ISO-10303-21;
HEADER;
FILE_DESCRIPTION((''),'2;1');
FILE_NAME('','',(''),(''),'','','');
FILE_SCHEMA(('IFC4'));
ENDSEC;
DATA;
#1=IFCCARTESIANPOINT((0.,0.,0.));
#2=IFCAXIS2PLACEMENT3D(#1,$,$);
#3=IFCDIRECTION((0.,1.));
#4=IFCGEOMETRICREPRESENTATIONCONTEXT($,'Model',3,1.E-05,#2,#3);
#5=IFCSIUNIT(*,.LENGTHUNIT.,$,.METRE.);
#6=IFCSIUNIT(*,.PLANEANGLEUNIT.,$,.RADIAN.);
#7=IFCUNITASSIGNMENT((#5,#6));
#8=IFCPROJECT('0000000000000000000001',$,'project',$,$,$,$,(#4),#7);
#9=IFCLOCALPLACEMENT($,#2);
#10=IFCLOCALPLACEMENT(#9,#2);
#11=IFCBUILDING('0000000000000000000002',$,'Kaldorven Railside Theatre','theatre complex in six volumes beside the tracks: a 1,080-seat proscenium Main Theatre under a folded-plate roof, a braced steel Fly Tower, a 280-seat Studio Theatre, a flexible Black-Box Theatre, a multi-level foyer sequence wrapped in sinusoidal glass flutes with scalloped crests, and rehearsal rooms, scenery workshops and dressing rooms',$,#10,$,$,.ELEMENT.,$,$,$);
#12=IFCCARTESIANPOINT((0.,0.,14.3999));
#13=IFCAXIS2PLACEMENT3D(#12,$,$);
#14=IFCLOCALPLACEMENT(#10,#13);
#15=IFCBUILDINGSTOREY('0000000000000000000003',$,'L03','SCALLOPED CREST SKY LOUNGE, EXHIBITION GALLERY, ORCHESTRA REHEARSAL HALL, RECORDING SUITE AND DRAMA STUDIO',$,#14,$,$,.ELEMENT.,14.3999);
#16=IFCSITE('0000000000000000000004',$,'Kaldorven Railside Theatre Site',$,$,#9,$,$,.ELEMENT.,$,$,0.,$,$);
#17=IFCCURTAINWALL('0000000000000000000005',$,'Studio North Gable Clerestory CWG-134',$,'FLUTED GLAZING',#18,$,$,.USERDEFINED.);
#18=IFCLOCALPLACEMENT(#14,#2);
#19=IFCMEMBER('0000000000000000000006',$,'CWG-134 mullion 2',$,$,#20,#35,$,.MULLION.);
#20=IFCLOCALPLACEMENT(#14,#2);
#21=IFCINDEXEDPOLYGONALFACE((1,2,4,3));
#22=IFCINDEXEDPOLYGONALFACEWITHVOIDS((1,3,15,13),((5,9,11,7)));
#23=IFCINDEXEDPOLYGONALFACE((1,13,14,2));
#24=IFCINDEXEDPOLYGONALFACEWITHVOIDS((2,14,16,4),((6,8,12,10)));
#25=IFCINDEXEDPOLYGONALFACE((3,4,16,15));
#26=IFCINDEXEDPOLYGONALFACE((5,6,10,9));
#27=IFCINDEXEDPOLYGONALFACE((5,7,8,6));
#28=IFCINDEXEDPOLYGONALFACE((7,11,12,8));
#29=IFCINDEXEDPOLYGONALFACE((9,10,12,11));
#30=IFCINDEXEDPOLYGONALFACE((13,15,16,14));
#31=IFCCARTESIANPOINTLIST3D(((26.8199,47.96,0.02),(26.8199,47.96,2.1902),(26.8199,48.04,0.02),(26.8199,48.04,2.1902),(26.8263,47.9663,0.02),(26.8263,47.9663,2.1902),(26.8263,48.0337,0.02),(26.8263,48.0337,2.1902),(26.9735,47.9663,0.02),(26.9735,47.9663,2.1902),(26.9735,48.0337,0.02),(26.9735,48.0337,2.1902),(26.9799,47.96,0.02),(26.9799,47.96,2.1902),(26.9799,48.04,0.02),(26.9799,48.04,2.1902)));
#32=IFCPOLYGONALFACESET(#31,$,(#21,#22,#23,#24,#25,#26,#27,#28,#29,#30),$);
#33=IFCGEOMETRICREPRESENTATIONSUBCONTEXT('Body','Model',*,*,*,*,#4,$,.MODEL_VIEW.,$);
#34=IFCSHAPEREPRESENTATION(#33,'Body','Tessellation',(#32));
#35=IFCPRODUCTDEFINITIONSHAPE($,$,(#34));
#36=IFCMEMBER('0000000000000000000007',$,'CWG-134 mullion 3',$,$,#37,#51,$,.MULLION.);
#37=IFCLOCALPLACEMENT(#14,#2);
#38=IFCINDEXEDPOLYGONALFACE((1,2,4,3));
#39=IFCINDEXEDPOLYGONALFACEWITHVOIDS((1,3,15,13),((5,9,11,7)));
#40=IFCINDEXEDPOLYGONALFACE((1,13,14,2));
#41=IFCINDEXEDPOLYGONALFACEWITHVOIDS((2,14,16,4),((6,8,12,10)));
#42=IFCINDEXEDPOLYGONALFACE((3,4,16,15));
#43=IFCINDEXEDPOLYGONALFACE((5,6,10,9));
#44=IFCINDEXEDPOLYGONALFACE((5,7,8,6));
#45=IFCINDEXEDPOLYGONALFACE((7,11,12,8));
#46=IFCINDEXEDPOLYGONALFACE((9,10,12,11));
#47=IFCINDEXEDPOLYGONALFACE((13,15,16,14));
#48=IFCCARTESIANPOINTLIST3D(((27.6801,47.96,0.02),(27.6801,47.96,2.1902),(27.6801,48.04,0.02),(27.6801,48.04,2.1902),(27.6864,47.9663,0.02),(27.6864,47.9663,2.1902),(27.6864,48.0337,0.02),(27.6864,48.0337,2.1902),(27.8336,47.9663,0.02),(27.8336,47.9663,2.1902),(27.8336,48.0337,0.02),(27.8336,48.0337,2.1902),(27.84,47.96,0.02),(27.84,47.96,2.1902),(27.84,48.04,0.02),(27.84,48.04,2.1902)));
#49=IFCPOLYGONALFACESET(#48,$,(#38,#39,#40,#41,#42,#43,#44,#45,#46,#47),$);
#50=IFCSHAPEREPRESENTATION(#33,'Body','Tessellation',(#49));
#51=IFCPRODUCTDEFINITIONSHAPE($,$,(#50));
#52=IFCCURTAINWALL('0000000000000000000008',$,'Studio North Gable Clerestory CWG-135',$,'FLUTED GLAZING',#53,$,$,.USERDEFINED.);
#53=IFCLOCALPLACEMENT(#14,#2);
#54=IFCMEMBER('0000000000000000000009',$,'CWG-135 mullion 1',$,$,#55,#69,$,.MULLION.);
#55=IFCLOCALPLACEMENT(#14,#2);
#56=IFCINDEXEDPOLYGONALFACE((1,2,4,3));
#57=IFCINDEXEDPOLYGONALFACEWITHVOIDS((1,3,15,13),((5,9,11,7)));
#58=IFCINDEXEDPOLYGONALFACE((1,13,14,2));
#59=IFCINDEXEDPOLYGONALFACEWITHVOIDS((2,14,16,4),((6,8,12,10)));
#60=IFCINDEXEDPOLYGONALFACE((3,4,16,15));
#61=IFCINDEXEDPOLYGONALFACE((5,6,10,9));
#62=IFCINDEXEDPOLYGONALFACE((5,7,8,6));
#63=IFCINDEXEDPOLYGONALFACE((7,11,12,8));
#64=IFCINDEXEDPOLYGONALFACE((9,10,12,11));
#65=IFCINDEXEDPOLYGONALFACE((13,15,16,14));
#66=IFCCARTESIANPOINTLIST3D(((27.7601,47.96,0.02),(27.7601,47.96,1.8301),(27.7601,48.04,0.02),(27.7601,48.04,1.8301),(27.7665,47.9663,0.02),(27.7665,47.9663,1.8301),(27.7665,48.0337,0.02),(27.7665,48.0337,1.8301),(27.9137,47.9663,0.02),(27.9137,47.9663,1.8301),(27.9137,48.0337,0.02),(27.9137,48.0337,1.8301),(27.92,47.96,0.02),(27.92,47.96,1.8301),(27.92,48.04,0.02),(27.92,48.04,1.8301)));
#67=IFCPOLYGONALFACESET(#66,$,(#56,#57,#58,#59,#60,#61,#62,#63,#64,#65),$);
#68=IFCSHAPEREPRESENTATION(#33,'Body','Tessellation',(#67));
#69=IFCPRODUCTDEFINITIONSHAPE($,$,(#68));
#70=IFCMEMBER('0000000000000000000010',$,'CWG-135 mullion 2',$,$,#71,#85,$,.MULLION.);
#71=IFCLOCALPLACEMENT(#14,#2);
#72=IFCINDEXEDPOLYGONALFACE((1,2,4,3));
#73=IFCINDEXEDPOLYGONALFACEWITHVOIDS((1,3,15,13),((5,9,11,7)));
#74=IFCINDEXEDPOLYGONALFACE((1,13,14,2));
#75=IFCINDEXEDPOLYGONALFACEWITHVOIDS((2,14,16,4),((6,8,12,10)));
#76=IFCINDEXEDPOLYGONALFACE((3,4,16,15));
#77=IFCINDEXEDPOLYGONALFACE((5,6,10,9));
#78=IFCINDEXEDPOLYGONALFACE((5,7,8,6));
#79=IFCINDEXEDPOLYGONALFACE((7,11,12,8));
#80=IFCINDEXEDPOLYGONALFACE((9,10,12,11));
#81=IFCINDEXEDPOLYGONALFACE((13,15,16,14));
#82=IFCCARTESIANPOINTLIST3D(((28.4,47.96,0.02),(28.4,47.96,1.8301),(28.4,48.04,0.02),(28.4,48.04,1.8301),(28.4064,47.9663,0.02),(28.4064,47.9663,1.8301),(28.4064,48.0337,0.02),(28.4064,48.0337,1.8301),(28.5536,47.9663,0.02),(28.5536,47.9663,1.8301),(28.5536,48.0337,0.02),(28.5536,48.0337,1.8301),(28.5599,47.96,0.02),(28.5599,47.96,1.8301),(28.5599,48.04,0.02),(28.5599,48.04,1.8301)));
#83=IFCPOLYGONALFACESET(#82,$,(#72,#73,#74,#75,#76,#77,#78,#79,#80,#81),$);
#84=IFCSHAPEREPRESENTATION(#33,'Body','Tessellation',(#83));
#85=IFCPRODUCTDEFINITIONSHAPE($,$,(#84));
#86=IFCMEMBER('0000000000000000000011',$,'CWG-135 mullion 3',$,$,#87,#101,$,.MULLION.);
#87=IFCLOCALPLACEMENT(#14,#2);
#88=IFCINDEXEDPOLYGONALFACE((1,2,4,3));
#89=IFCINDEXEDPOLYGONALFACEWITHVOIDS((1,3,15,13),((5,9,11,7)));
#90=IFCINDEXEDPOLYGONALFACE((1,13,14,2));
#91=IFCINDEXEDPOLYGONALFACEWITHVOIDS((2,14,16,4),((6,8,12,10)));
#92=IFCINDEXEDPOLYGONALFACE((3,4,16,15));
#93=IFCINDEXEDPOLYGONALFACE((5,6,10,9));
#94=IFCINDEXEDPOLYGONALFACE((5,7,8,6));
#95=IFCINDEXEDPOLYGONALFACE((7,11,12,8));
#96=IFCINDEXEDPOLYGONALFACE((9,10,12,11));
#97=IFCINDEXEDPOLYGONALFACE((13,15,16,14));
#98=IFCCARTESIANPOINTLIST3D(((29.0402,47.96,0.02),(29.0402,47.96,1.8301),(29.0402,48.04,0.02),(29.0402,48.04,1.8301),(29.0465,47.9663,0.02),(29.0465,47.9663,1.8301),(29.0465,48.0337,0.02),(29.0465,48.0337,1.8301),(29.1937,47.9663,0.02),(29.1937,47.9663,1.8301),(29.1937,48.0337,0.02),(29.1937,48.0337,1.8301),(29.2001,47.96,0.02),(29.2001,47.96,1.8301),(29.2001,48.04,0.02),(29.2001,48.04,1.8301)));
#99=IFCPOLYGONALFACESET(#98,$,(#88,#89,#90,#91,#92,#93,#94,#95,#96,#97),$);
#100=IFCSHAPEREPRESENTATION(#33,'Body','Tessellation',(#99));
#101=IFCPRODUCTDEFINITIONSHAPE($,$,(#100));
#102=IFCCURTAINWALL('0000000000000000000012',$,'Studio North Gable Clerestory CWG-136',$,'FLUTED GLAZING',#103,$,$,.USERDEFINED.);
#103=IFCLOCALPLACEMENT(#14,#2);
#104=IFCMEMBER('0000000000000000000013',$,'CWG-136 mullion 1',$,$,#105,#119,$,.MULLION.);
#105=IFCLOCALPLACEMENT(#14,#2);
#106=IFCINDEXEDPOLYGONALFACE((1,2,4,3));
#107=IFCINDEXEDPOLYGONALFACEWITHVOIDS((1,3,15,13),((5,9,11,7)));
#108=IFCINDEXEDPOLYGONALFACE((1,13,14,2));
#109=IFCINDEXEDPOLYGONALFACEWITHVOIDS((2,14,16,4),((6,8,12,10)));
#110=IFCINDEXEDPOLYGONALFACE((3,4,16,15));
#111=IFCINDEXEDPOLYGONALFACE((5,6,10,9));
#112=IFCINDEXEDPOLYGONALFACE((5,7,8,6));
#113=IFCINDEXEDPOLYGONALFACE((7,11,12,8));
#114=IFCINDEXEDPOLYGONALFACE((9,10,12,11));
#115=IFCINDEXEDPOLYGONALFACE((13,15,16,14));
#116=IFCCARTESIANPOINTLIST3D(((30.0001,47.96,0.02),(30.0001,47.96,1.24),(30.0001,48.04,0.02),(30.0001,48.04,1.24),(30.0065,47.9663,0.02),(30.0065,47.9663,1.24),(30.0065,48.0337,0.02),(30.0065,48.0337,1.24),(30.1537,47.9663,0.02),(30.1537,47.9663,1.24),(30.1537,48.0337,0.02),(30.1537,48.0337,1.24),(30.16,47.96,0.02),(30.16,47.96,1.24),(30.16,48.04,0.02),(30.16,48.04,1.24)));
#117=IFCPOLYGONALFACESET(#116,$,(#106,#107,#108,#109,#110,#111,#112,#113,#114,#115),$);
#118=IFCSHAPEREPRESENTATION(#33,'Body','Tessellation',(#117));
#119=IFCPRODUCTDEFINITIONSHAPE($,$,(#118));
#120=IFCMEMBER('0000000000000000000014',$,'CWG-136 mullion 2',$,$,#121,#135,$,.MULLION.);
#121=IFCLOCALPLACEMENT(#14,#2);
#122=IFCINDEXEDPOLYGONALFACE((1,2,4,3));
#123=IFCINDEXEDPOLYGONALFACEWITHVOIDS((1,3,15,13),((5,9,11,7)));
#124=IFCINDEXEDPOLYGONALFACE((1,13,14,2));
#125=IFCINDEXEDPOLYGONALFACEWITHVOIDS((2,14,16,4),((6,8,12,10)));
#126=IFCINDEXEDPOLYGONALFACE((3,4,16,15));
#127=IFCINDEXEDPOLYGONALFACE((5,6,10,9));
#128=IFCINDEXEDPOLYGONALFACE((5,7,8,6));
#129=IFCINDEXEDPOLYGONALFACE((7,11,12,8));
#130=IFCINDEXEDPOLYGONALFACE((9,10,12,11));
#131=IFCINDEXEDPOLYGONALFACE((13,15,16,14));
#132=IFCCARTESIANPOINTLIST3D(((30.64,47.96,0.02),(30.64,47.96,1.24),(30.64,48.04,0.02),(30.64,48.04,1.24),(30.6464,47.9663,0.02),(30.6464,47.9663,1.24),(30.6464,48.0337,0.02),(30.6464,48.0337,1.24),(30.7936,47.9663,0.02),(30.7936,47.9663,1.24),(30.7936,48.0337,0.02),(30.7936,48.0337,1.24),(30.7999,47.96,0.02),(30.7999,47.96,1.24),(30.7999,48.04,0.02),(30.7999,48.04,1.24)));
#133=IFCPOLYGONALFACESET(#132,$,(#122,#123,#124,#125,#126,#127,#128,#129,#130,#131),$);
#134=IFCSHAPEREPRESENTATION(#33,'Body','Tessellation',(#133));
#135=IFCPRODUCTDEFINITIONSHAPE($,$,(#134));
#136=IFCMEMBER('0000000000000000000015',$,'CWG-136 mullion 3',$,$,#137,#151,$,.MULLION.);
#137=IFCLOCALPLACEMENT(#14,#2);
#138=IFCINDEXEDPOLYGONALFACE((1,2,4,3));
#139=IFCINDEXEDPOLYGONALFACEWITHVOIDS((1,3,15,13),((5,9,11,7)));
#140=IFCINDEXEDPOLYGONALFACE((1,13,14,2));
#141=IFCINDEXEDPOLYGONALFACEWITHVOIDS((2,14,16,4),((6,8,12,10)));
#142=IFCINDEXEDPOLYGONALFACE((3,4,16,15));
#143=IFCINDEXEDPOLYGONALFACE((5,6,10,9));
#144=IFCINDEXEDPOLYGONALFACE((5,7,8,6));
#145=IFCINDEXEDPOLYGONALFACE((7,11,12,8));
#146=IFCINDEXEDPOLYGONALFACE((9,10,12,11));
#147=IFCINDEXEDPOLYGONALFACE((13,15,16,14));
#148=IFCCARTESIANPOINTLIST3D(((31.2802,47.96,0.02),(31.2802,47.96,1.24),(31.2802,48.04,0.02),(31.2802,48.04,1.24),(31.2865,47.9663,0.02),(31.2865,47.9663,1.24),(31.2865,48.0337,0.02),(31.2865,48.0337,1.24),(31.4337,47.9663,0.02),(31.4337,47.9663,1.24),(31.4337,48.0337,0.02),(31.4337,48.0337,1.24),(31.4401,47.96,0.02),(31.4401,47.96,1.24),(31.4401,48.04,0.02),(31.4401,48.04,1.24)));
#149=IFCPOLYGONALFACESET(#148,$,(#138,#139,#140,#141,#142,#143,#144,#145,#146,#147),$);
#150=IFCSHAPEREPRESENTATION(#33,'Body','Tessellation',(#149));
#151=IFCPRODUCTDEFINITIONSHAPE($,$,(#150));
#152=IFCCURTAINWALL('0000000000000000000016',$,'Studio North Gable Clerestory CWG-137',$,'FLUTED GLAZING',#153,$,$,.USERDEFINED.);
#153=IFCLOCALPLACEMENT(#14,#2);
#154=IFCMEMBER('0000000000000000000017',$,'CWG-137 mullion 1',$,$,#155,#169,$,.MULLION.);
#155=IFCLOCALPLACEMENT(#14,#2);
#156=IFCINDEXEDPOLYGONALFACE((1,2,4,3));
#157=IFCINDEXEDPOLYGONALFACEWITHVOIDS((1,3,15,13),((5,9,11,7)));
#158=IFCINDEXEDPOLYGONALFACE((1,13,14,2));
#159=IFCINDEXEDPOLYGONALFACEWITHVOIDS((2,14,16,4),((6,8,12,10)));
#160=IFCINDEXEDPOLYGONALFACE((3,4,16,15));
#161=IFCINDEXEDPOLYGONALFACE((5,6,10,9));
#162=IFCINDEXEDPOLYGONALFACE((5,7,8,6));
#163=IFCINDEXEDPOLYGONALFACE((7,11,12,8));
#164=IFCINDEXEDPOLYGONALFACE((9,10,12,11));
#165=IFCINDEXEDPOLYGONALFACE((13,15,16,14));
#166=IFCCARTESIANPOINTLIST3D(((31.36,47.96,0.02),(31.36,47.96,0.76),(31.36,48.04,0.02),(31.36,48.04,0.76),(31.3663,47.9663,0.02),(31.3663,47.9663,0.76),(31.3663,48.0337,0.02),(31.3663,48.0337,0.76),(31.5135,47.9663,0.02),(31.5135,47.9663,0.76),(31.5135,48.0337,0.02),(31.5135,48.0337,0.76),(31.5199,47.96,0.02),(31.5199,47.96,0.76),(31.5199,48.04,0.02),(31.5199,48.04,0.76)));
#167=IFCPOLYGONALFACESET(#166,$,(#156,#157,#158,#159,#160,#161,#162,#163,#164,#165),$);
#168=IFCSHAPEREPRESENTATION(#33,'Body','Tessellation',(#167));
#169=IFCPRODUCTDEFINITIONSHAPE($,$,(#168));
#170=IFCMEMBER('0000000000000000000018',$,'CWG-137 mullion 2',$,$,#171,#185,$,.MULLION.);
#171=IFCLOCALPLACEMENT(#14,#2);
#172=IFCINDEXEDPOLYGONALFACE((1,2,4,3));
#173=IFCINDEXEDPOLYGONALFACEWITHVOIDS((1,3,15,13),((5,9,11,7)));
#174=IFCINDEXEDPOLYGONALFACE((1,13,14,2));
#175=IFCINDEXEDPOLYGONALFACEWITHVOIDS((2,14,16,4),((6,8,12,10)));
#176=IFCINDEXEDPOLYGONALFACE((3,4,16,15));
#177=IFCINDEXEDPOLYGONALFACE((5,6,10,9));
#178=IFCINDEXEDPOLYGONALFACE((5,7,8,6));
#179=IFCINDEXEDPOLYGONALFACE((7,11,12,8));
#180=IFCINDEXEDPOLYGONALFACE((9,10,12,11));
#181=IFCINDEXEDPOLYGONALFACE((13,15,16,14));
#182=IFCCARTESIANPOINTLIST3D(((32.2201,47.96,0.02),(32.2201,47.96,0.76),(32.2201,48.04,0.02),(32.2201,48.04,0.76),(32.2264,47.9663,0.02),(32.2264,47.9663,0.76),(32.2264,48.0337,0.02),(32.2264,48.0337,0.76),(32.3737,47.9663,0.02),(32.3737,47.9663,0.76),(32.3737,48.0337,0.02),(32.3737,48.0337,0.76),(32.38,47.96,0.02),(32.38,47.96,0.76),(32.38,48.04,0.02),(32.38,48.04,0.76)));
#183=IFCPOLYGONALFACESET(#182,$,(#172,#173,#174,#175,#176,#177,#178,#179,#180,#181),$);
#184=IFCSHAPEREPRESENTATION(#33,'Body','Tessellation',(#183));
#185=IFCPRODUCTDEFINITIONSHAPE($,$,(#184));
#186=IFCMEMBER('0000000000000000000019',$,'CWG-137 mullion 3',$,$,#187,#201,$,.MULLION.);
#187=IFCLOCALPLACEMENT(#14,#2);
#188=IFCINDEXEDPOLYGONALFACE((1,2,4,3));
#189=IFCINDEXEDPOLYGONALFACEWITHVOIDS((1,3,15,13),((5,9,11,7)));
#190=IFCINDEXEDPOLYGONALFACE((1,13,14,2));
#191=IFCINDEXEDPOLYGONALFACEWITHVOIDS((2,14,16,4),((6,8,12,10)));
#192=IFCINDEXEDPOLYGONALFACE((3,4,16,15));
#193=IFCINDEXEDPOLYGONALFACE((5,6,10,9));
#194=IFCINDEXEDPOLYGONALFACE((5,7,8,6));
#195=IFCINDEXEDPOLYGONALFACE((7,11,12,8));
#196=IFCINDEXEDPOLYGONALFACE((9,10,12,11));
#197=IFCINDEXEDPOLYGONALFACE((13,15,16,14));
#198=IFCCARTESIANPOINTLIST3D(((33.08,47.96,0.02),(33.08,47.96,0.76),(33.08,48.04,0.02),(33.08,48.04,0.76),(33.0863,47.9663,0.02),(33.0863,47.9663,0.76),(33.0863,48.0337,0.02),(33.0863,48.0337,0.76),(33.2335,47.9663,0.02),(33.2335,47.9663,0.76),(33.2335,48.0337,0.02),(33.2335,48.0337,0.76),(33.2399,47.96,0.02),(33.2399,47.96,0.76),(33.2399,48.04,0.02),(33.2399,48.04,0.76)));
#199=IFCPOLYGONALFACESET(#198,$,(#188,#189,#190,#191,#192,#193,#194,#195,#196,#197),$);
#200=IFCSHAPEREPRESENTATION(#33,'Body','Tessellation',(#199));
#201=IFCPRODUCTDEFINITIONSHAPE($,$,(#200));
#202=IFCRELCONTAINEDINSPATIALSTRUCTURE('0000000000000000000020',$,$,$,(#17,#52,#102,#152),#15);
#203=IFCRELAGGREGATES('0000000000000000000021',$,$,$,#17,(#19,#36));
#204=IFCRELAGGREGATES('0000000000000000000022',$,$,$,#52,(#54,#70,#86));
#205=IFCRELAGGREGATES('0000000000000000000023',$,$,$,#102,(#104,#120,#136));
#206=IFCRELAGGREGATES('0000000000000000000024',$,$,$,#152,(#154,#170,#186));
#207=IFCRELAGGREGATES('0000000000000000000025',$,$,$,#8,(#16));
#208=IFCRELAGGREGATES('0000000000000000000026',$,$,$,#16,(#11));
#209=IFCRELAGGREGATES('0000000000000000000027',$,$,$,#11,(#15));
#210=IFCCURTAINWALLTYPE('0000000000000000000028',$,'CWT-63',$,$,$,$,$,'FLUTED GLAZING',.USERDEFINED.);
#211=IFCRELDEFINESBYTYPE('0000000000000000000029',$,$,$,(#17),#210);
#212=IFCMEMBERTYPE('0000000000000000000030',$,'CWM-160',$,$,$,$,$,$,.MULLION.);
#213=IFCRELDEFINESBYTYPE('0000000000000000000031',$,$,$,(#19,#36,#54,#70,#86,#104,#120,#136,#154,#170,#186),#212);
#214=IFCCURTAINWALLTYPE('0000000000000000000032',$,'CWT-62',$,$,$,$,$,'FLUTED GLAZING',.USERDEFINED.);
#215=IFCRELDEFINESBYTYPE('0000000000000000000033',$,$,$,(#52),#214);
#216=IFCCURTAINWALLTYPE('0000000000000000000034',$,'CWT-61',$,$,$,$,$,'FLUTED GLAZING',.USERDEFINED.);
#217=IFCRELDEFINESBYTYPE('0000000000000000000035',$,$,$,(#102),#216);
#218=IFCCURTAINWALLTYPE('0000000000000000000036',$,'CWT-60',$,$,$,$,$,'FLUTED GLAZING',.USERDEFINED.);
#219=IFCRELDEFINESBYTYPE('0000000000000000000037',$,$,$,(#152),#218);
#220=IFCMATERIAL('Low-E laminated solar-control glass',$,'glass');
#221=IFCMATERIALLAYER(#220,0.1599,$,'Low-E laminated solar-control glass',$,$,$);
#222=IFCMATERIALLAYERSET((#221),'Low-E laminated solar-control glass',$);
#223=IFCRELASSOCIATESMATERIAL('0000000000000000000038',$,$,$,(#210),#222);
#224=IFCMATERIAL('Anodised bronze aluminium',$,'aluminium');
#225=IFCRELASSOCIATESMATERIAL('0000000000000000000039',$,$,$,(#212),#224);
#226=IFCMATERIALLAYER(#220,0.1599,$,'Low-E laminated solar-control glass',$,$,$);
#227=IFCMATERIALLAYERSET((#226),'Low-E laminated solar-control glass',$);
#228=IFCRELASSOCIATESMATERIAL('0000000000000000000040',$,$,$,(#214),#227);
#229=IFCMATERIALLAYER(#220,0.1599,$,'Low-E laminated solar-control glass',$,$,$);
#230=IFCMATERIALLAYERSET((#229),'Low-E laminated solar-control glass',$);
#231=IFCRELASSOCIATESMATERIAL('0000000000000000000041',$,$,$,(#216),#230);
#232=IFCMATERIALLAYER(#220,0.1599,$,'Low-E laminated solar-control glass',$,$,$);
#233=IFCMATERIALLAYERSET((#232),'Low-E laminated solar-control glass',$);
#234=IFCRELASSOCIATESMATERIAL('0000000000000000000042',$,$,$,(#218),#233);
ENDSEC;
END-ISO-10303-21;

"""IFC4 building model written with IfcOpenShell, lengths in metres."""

from ifc_helpers import new_model, si_unit, direction, frame, origin, origin_2d, place, context, subcontext, project, spatial, hollow_rectangle, extrude, material, layer, layer_set, material_profile, profile_set, type_object, element, aggregate, save


model = new_model("IFC4")

# Units and contexts
model_context = context("Model", 3, precision=1e-05, world=origin(), true_north=direction((0.0, 1.0)))
body_context = subcontext(model_context, "Body", "Model", "MODEL_VIEW")
ifc_project = project(units=[si_unit("LENGTHUNIT", "METRE"), si_unit("PLANEANGLEUNIT", "RADIAN")], contexts=[model_context])

# Site, building, storey
site_placement = place(None, origin())
site = spatial("IfcSite", under=ifc_project, at=site_placement, Name="Kaldorven Railside Theatre Site", CompositionType="ELEMENT", RefElevation=0.0)
building_placement = place(site_placement, origin())
building = spatial("IfcBuilding", under=site, at=building_placement, Name="Kaldorven Railside Theatre", Description="theatre complex in six volumes beside the tracks: a 1,080-seat proscenium Main Theatre under a folded-plate roof, a braced steel Fly Tower, a 280-seat Studio Theatre, a flexible Black-Box Theatre, a multi-level foyer sequence wrapped in sinusoidal glass flutes with scalloped crests, and rehearsal rooms, scenery workshops and dressing rooms", CompositionType="ELEMENT")
storey_placement = place(building_placement, frame((0.0, 0.0, 14.3999)))
storey = spatial("IfcBuildingStorey", under=building, at=storey_placement, Name="L03", Description="SCALLOPED CREST SKY LOUNGE, EXHIBITION GALLERY, ORCHESTRA REHEARSAL HALL, RECORDING SUITE AND DRAMA STUDIO", CompositionType="ELEMENT", Elevation=14.3999)

# Curtain walls, members
ifc_material_1 = material(Name="Low-E laminated solar-control glass", Category="glass")
ifc_layer_1 = layer(ifc_material_1, 0.1599, Name="Low-E laminated solar-control glass")
ifc_layer_set_1 = layer_set([ifc_layer_1], Name="Low-E laminated solar-control glass")
curtain_wall_type_1 = type_object("IfcCurtainWallType", Name="CWT-63", ElementType="FLUTED GLAZING", PredefinedType="USERDEFINED", material=ifc_layer_set_1)
curtain_wall_1_placement = place(storey_placement, origin())
curtain_wall_1 = element("IfcCurtainWall", 1, at=curtain_wall_1_placement, inside=storey, type_object=curtain_wall_type_1, Name="Studio North Gable Clerestory CWG-134", ObjectType="FLUTED GLAZING", PredefinedType="USERDEFINED")
ifc_material_2 = material(Name="Anodised bronze aluminium", Category="aluminium")
ifc_material_profile_1 = material_profile(ifc_material_2, hollow_rectangle(XDim=0.0801, YDim=0.1599, WallThickness=0.0063, at=origin_2d()), Name="RHS 160x80x6.3")
ifc_profile_set_1 = profile_set([ifc_material_profile_1], Name="Anodised bronze aluminium")
member_type_1 = type_object("IfcMemberType", Name="CWM-160", PredefinedType="MULLION", material=ifc_profile_set_1)
member_1_placement = place(storey_placement, frame((26.8999, 48.0, 0.02), z_axis=(0.0, 0.0, 1.0), x_axis=(0.0, 1.0, 0.0)))
member_1 = element("IfcMember", 2, at=member_1_placement, type_object=member_type_1, Name="CWG-134 mullion 2", PredefinedType="MULLION", context=body_context, shape_type="SweptSolid", body=[
    extrude(hollow_rectangle(XDim=0.0801, YDim=0.1599, WallThickness=0.0063, at=origin_2d()), origin(), (0.0, 0.0, 1.0), 2.1702),
])
member_2_placement = place(storey_placement, frame((27.76, 48.0, 0.02), z_axis=(0.0, 0.0, 1.0), x_axis=(0.0, 1.0, 0.0)))
member_2 = element("IfcMember", 3, at=member_2_placement, type_object=member_type_1, Name="CWG-134 mullion 3", PredefinedType="MULLION", context=body_context, shape_type="SweptSolid", body=[
    extrude(hollow_rectangle(XDim=0.0801, YDim=0.1599, WallThickness=0.0063, at=origin_2d()), origin(), (0.0, 0.0, 1.0), 2.1702),
])
ifc_layer_2 = layer(ifc_material_1, 0.1599, Name="Low-E laminated solar-control glass")
ifc_layer_set_2 = layer_set([ifc_layer_2], Name="Low-E laminated solar-control glass")
curtain_wall_type_2 = type_object("IfcCurtainWallType", Name="CWT-62", ElementType="FLUTED GLAZING", PredefinedType="USERDEFINED", material=ifc_layer_set_2)
curtain_wall_2_placement = place(storey_placement, origin())
curtain_wall_2 = element("IfcCurtainWall", 4, at=curtain_wall_2_placement, inside=storey, type_object=curtain_wall_type_2, Name="Studio North Gable Clerestory CWG-135", ObjectType="FLUTED GLAZING", PredefinedType="USERDEFINED")
member_3_placement = place(storey_placement, frame((27.8401, 48.0, 0.02), z_axis=(0.0, 0.0, 1.0), x_axis=(0.0, 1.0, 0.0)))
member_3 = element("IfcMember", 5, at=member_3_placement, type_object=member_type_1, Name="CWG-135 mullion 1", PredefinedType="MULLION", context=body_context, shape_type="SweptSolid", body=[
    extrude(hollow_rectangle(XDim=0.0801, YDim=0.1599, WallThickness=0.0063, at=origin_2d()), origin(), (0.0, 0.0, 1.0), 1.8101),
])
member_4_placement = place(storey_placement, frame((28.48, 48.0, 0.02), z_axis=(0.0, 0.0, 1.0), x_axis=(0.0, 1.0, 0.0)))
member_4 = element("IfcMember", 6, at=member_4_placement, type_object=member_type_1, Name="CWG-135 mullion 2", PredefinedType="MULLION", context=body_context, shape_type="SweptSolid", body=[
    extrude(hollow_rectangle(XDim=0.0801, YDim=0.1599, WallThickness=0.0063, at=origin_2d()), origin(), (0.0, 0.0, 1.0), 1.8101),
])
member_5_placement = place(storey_placement, frame((29.1201, 48.0, 0.02), z_axis=(0.0, 0.0, 1.0), x_axis=(0.0, 1.0, 0.0)))
member_5 = element("IfcMember", 7, at=member_5_placement, type_object=member_type_1, Name="CWG-135 mullion 3", PredefinedType="MULLION", context=body_context, shape_type="SweptSolid", body=[
    extrude(hollow_rectangle(XDim=0.0801, YDim=0.1599, WallThickness=0.0063, at=origin_2d()), origin(), (0.0, 0.0, 1.0), 1.8101),
])
ifc_layer_3 = layer(ifc_material_1, 0.1599, Name="Low-E laminated solar-control glass")
ifc_layer_set_3 = layer_set([ifc_layer_3], Name="Low-E laminated solar-control glass")
curtain_wall_type_3 = type_object("IfcCurtainWallType", Name="CWT-61", ElementType="FLUTED GLAZING", PredefinedType="USERDEFINED", material=ifc_layer_set_3)
curtain_wall_3_placement = place(storey_placement, origin())
curtain_wall_3 = element("IfcCurtainWall", 8, at=curtain_wall_3_placement, inside=storey, type_object=curtain_wall_type_3, Name="Studio North Gable Clerestory CWG-136", ObjectType="FLUTED GLAZING", PredefinedType="USERDEFINED")
member_6_placement = place(storey_placement, frame((30.0801, 48.0, 0.02), z_axis=(0.0, 0.0, 1.0), x_axis=(0.0, 1.0, 0.0)))
member_6 = element("IfcMember", 9, at=member_6_placement, type_object=member_type_1, Name="CWG-136 mullion 1", PredefinedType="MULLION", context=body_context, shape_type="SweptSolid", body=[
    extrude(hollow_rectangle(XDim=0.0801, YDim=0.1599, WallThickness=0.0063, at=origin_2d()), origin(), (0.0, 0.0, 1.0), 1.22),
])
member_7_placement = place(storey_placement, frame((30.72, 48.0, 0.02), z_axis=(0.0, 0.0, 1.0), x_axis=(0.0, 1.0, 0.0)))
member_7 = element("IfcMember", 10, at=member_7_placement, type_object=member_type_1, Name="CWG-136 mullion 2", PredefinedType="MULLION", context=body_context, shape_type="SweptSolid", body=[
    extrude(hollow_rectangle(XDim=0.0801, YDim=0.1599, WallThickness=0.0063, at=origin_2d()), origin(), (0.0, 0.0, 1.0), 1.22),
])
member_8_placement = place(storey_placement, frame((31.3601, 48.0, 0.02), z_axis=(0.0, 0.0, 1.0), x_axis=(0.0, 1.0, 0.0)))
member_8 = element("IfcMember", 11, at=member_8_placement, type_object=member_type_1, Name="CWG-136 mullion 3", PredefinedType="MULLION", context=body_context, shape_type="SweptSolid", body=[
    extrude(hollow_rectangle(XDim=0.0801, YDim=0.1599, WallThickness=0.0063, at=origin_2d()), origin(), (0.0, 0.0, 1.0), 1.22),
])
ifc_layer_4 = layer(ifc_material_1, 0.1599, Name="Low-E laminated solar-control glass")
ifc_layer_set_4 = layer_set([ifc_layer_4], Name="Low-E laminated solar-control glass")
curtain_wall_type_4 = type_object("IfcCurtainWallType", Name="CWT-60", ElementType="FLUTED GLAZING", PredefinedType="USERDEFINED", material=ifc_layer_set_4)
curtain_wall_4_placement = place(storey_placement, origin())
curtain_wall_4 = element("IfcCurtainWall", 12, at=curtain_wall_4_placement, inside=storey, type_object=curtain_wall_type_4, Name="Studio North Gable Clerestory CWG-137", ObjectType="FLUTED GLAZING", PredefinedType="USERDEFINED")
member_9_placement = place(storey_placement, frame((31.4399, 48.0, 0.02), z_axis=(0.0, 0.0, 1.0), x_axis=(0.0, 1.0, 0.0)))
member_9 = element("IfcMember", 13, at=member_9_placement, type_object=member_type_1, Name="CWG-137 mullion 1", PredefinedType="MULLION", context=body_context, shape_type="SweptSolid", body=[
    extrude(hollow_rectangle(XDim=0.0801, YDim=0.1599, WallThickness=0.0063, at=origin_2d()), origin(), (0.0, 0.0, 1.0), 0.74),
])
member_10_placement = place(storey_placement, frame((32.3, 48.0, 0.02), z_axis=(0.0, 0.0, 1.0), x_axis=(0.0, 1.0, 0.0)))
member_10 = element("IfcMember", 14, at=member_10_placement, type_object=member_type_1, Name="CWG-137 mullion 2", PredefinedType="MULLION", context=body_context, shape_type="SweptSolid", body=[
    extrude(hollow_rectangle(XDim=0.0801, YDim=0.1599, WallThickness=0.0063, at=origin_2d()), origin(), (0.0, 0.0, 1.0), 0.74),
])
member_11_placement = place(storey_placement, frame((33.1599, 48.0, 0.02), z_axis=(0.0, 0.0, 1.0), x_axis=(0.0, 1.0, 0.0)))
member_11 = element("IfcMember", 15, at=member_11_placement, type_object=member_type_1, Name="CWG-137 mullion 3", PredefinedType="MULLION", context=body_context, shape_type="SweptSolid", body=[
    extrude(hollow_rectangle(XDim=0.0801, YDim=0.1599, WallThickness=0.0063, at=origin_2d()), origin(), (0.0, 0.0, 1.0), 0.74),
])

aggregate(curtain_wall_1, [member_1, member_2])
aggregate(curtain_wall_2, [member_3, member_4, member_5])
aggregate(curtain_wall_3, [member_6, member_7, member_8])
aggregate(curtain_wall_4, [member_9, member_10, member_11])

save(model, "model.ifc")
